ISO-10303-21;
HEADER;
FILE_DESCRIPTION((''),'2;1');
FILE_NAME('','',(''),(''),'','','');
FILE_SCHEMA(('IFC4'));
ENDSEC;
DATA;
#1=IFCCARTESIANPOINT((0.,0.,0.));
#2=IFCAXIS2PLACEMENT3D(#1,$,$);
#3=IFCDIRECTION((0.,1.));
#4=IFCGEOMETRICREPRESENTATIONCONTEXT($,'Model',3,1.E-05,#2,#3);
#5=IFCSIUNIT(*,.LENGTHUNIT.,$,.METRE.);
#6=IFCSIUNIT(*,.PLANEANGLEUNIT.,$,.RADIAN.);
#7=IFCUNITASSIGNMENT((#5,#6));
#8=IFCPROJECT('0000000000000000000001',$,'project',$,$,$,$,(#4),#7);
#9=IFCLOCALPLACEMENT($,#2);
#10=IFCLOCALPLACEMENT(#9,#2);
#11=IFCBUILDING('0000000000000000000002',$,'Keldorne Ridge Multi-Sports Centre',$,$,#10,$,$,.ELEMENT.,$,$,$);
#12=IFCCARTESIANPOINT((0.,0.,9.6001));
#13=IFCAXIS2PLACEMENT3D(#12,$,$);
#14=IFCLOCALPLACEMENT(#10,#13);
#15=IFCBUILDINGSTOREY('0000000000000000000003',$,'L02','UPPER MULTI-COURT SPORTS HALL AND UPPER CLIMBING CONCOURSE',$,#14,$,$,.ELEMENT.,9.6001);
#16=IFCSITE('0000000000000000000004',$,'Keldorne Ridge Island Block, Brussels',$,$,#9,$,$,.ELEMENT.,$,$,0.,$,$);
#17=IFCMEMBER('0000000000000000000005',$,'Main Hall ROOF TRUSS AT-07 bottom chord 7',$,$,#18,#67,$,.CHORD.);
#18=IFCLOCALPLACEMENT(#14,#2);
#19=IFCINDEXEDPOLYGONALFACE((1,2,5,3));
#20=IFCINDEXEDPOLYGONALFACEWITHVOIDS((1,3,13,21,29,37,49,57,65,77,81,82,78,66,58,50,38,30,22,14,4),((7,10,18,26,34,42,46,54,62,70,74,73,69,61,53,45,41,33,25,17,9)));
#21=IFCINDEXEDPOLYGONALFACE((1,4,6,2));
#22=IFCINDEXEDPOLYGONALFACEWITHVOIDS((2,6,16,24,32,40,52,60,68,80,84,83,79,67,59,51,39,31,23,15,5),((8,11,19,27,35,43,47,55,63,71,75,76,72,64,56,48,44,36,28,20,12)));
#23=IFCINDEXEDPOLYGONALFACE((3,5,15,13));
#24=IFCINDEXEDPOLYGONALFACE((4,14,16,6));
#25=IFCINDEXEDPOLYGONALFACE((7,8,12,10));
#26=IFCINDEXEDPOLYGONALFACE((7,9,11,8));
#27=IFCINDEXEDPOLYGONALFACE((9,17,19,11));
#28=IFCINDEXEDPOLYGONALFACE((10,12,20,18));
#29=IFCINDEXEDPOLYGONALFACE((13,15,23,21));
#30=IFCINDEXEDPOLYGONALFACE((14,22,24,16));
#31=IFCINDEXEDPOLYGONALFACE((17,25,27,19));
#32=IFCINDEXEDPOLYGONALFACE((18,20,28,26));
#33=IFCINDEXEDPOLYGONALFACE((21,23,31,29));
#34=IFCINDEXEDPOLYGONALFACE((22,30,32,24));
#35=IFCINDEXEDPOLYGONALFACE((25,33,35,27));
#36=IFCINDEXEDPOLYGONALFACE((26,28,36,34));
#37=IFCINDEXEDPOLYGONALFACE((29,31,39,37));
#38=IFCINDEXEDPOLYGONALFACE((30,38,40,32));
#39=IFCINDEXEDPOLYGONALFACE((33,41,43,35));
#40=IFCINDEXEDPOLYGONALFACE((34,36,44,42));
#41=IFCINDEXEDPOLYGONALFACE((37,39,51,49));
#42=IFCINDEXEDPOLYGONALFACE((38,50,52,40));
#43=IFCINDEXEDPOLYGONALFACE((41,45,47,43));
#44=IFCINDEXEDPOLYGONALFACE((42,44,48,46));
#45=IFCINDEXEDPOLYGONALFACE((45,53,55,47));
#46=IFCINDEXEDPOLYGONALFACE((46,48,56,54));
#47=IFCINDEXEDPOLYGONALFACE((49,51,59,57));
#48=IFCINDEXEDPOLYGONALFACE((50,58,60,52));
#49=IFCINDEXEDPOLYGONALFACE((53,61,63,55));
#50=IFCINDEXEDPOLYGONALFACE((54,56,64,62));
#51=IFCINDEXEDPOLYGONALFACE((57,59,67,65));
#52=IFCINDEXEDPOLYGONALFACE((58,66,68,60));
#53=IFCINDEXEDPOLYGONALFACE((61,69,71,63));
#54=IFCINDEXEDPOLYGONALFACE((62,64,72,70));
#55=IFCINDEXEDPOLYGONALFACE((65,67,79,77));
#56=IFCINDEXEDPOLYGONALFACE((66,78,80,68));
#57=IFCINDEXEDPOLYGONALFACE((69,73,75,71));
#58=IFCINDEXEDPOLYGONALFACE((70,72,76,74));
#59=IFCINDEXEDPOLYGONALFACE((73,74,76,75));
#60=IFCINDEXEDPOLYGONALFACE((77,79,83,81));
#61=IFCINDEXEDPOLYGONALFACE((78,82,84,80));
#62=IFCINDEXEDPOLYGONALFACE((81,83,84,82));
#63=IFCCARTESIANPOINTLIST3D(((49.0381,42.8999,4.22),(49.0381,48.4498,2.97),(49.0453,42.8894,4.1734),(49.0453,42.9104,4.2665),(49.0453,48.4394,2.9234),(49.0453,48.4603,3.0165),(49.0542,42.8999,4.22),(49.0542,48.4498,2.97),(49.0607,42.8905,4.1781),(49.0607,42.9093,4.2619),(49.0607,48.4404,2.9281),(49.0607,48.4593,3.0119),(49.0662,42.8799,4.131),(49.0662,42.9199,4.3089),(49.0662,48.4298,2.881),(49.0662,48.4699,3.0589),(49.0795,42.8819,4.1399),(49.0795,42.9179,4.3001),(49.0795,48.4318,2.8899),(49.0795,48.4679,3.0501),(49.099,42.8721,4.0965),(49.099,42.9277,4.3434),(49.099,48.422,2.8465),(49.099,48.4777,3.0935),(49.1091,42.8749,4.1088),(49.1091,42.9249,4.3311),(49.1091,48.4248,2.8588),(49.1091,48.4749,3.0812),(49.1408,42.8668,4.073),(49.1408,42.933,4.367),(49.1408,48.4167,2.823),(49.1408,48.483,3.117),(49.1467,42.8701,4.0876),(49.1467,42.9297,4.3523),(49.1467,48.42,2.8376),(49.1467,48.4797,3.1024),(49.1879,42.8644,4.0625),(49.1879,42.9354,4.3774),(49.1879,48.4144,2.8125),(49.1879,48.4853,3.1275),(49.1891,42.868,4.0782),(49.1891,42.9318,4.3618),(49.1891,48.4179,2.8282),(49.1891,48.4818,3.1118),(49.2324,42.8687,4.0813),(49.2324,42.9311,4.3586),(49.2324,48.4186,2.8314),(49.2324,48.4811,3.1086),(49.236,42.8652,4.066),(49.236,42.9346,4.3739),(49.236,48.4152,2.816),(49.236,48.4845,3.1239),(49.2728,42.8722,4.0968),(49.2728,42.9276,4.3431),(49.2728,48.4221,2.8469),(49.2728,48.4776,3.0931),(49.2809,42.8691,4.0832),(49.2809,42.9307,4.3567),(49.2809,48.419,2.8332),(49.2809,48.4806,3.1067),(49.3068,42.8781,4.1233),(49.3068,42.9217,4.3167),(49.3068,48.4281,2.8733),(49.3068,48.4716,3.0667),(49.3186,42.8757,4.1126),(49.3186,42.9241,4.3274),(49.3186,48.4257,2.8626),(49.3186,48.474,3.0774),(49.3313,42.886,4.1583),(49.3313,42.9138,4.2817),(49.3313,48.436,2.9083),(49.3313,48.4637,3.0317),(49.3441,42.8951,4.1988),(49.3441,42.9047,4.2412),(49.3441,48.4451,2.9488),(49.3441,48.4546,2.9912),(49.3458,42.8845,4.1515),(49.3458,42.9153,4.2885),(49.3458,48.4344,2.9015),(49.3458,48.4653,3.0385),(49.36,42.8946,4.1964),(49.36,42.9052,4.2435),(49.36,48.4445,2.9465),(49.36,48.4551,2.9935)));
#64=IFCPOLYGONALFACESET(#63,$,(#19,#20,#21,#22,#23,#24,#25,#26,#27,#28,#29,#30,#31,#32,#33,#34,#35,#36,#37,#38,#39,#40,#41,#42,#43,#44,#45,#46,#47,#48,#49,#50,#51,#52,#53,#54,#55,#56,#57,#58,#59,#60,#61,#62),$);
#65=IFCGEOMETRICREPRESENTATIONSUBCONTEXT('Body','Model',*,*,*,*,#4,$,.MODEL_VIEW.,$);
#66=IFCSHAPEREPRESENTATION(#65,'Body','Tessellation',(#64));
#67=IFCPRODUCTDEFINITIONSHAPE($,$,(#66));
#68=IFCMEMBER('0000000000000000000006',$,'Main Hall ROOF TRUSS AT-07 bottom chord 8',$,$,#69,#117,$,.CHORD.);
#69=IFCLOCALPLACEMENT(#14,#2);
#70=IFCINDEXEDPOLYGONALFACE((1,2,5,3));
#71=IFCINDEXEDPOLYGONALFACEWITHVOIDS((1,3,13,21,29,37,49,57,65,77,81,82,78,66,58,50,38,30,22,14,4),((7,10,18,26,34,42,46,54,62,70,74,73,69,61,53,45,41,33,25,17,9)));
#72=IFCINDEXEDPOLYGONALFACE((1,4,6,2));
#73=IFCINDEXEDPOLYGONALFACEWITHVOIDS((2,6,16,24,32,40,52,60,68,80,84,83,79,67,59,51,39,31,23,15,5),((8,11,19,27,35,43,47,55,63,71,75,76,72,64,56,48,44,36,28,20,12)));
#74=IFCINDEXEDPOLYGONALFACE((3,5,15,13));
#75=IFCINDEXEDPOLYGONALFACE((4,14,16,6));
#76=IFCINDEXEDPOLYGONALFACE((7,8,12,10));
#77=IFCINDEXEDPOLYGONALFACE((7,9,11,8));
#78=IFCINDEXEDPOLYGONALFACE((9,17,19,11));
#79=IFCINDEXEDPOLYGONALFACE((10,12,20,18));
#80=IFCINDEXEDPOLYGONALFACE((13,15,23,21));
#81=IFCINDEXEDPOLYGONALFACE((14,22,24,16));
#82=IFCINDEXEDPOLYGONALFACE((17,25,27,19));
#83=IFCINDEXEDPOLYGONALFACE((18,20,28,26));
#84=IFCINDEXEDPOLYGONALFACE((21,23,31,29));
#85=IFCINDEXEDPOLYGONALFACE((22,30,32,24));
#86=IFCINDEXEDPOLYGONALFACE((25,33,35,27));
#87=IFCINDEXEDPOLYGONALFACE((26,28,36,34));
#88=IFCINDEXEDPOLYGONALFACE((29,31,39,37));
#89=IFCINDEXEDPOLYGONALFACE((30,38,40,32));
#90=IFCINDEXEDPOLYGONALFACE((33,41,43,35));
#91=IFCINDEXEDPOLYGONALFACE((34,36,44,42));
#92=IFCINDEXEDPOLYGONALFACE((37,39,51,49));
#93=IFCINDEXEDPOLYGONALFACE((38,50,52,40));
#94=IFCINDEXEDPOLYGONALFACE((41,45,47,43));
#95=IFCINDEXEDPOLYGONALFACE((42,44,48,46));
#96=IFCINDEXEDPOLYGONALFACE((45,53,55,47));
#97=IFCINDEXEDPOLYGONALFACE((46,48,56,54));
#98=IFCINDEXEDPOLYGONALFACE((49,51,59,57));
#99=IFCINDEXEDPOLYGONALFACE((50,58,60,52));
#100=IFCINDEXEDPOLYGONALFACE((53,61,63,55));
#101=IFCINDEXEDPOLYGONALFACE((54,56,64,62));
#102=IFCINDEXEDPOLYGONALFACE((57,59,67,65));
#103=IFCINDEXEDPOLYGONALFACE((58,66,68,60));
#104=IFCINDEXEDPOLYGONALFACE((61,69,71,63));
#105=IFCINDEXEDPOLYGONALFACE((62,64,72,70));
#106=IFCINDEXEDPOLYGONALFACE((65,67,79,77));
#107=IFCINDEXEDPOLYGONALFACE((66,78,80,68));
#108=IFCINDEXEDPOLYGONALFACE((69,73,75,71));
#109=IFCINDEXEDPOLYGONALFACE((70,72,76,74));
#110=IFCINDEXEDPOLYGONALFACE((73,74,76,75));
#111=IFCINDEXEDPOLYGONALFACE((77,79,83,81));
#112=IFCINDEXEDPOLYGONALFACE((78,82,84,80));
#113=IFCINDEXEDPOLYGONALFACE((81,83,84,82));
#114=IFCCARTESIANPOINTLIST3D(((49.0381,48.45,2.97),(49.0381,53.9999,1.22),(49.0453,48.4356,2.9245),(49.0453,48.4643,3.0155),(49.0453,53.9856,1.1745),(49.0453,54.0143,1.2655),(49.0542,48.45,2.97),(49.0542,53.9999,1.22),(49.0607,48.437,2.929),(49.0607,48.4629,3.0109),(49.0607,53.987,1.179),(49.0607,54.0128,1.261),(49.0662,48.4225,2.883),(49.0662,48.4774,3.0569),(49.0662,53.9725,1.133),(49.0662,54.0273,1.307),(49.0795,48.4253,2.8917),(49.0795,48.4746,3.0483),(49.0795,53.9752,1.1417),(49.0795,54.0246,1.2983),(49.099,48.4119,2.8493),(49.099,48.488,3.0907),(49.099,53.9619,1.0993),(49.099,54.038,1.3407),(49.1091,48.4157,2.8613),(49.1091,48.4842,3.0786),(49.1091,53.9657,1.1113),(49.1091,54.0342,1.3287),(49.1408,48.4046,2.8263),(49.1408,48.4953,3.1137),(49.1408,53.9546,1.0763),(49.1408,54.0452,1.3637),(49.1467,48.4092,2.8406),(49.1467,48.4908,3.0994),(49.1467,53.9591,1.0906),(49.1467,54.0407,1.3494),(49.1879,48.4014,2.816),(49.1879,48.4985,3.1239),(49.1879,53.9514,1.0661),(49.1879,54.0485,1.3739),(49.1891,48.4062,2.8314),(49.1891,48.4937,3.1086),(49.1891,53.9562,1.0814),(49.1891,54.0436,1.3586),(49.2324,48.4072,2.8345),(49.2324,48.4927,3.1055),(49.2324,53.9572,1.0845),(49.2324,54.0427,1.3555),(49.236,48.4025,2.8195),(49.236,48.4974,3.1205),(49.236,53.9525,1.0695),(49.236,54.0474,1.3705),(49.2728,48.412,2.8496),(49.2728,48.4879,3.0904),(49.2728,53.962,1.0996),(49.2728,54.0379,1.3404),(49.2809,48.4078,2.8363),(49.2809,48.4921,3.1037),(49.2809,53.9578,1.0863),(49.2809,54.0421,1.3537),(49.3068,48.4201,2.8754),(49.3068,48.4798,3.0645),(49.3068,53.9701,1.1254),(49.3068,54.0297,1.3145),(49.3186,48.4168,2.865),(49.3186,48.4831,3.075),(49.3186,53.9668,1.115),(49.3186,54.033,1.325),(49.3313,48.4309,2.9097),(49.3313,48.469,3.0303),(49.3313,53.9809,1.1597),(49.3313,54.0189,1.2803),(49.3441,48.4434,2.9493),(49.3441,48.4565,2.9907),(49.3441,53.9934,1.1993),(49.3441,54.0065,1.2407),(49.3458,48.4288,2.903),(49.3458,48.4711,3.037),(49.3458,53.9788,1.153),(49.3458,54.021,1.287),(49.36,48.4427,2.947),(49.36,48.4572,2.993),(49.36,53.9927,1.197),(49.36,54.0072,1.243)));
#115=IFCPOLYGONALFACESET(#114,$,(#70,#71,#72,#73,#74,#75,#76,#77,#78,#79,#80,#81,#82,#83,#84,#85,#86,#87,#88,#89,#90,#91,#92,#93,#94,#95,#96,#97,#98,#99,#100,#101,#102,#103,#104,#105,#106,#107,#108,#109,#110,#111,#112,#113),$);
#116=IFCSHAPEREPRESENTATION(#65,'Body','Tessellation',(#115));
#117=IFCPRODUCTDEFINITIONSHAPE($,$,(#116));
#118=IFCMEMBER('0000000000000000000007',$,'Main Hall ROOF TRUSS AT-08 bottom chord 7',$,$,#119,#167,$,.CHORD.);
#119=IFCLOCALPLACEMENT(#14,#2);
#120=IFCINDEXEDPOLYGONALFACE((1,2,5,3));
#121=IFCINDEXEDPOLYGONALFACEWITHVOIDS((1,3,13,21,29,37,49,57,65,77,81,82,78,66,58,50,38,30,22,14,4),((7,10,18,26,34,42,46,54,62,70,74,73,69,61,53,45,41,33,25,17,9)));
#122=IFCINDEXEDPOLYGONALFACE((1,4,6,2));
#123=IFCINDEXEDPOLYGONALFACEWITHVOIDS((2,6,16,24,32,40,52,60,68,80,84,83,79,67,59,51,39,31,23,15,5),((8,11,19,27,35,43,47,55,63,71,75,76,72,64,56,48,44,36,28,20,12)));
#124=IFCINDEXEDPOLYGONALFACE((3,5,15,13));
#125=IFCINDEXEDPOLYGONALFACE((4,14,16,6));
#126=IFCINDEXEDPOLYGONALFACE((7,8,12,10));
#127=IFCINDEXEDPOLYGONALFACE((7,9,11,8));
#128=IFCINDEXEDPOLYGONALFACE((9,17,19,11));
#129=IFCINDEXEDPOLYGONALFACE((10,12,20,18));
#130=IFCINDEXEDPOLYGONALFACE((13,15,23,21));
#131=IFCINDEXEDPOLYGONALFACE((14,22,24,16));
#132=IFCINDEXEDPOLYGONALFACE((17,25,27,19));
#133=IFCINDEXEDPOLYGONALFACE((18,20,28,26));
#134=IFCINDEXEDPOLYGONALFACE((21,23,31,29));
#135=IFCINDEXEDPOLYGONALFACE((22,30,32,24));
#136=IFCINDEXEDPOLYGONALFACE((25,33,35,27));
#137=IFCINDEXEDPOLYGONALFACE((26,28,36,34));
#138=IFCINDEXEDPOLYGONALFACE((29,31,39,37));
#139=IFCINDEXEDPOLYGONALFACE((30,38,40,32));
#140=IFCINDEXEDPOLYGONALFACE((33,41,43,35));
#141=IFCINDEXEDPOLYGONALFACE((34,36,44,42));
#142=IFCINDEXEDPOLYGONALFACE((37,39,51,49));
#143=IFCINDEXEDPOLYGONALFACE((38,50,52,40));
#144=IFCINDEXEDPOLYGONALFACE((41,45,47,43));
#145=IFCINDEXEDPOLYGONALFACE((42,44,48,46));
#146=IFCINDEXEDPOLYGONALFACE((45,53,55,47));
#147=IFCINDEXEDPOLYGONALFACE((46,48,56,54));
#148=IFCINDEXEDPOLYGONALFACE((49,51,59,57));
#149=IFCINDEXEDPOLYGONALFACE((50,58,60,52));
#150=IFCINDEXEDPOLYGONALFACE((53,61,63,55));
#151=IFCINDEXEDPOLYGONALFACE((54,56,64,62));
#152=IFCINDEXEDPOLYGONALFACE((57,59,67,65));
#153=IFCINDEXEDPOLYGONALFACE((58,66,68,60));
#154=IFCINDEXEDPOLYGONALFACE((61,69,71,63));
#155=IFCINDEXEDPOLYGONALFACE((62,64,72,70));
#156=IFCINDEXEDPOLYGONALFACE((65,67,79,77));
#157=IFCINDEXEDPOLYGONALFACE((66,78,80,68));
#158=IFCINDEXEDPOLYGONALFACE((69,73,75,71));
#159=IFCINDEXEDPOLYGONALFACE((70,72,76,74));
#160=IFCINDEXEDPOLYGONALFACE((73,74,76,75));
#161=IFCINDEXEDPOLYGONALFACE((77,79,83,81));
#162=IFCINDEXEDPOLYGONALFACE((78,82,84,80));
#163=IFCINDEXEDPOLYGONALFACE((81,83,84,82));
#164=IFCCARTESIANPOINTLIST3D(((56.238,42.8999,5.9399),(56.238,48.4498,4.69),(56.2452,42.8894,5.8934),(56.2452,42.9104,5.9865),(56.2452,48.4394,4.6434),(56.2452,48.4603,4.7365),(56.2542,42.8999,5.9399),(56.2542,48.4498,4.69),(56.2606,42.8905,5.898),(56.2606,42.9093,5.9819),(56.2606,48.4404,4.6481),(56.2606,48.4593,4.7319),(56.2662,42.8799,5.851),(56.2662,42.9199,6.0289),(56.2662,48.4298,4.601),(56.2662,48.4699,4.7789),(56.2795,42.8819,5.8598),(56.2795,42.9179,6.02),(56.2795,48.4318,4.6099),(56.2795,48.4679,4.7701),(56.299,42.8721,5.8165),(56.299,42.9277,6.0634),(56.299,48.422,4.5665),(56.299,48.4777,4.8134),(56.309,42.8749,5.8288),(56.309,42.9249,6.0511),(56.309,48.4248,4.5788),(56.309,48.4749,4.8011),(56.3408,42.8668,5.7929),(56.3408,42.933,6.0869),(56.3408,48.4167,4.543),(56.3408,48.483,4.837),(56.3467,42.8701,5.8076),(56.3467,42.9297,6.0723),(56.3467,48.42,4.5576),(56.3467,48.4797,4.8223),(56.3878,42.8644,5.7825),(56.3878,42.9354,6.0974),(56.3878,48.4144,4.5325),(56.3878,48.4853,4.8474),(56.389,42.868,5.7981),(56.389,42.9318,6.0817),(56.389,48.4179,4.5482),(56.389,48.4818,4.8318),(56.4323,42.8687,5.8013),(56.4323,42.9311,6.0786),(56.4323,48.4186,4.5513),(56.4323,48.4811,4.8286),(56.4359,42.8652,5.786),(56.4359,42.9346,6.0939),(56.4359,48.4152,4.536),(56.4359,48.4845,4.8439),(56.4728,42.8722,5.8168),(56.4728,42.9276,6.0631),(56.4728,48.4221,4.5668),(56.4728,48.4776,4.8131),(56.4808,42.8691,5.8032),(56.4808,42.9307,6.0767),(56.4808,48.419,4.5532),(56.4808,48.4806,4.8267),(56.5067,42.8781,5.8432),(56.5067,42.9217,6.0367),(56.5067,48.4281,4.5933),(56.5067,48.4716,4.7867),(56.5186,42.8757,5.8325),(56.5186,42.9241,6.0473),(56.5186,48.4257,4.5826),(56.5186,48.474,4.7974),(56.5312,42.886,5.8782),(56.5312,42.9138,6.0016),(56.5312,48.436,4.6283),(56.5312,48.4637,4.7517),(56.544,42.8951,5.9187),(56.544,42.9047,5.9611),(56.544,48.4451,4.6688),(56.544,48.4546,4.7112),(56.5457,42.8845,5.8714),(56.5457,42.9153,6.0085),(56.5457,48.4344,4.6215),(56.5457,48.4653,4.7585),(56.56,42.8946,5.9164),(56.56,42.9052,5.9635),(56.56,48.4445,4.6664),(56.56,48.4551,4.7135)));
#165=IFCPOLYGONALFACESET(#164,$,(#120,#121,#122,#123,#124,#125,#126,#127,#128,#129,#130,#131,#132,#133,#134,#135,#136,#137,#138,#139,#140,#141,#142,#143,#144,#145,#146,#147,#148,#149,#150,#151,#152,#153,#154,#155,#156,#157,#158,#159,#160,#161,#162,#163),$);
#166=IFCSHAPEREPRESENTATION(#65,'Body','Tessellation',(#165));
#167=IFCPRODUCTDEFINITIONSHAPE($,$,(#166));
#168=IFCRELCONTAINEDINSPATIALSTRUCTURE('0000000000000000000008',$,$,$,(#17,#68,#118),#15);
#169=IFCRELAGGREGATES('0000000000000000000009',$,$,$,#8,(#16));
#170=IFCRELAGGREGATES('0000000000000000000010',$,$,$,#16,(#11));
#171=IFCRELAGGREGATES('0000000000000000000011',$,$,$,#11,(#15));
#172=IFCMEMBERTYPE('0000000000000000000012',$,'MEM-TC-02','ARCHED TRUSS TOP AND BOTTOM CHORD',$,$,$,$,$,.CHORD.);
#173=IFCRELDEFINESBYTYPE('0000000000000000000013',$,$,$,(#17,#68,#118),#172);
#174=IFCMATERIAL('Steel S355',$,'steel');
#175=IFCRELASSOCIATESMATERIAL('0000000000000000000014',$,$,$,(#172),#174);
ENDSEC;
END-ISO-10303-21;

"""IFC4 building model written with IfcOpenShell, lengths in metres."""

from ifc_helpers import new_model, si_unit, direction, frame, origin, origin_2d, place, context, subcontext, project, spatial, hollow_circle, extrude, material, material_profile, profile_set, type_object, element, save


model = new_model("IFC4")

# Units and contexts
model_context = context("Model", 3, precision=1e-05, world=origin(), true_north=direction((0.0, 1.0)))
body_context = subcontext(model_context, "Body", "Model", "MODEL_VIEW")
ifc_project = project(units=[si_unit("LENGTHUNIT", "METRE"), si_unit("PLANEANGLEUNIT", "RADIAN")], contexts=[model_context])

# Site, building, storey
site_placement = place(None, origin())
site = spatial("IfcSite", under=ifc_project, at=site_placement, Name="Keldorne Ridge Island Block, Brussels", CompositionType="ELEMENT", RefElevation=0.0)
building_placement = place(site_placement, origin())
building = spatial("IfcBuilding", under=site, at=building_placement, Name="Keldorne Ridge Multi-Sports Centre", CompositionType="ELEMENT")
storey_placement = place(building_placement, frame((0.0, 0.0, 9.6001)))
storey = spatial("IfcBuildingStorey", under=building, at=storey_placement, Name="L02", Description="UPPER MULTI-COURT SPORTS HALL AND UPPER CLIMBING CONCOURSE", CompositionType="ELEMENT", Elevation=9.6001)

# Shared definitions
ifc_material = material(Name="Steel S355", Category="steel")

# Members
ifc_material_profile_1 = material_profile(ifc_material, hollow_circle(Radius=0.1619, WallThickness=0.0161, at=origin_2d()), Name="CHS 323.9x16")
ifc_profile_set_1 = profile_set([ifc_material_profile_1], Name="Steel S355")
member_type_1 = type_object("IfcMemberType", Name="MEM-TC-02", Description="ARCHED TRUSS TOP AND BOTTOM CHORD", PredefinedType="CHORD", material=ifc_profile_set_1)
member_1_placement = place(storey_placement, frame((49.2, 42.8999, 4.22), z_axis=(0.0, 0.975563, -0.219719), x_axis=(-1.0, 0.0, 0.0)))
element("IfcMember", 1, at=member_1_placement, inside=storey, type_object=member_type_1, Name="Main Hall ROOF TRUSS AT-07 bottom chord 7", PredefinedType="CHORD", context=body_context, shape_type="SweptSolid", body=[
    extrude(hollow_circle(Radius=0.1619, WallThickness=0.0161, at=origin_2d()), origin(), (0.0, 0.0, 1.0), 5.689),
])
member_2_placement = place(storey_placement, frame((49.2, 48.45, 2.97), z_axis=(0.0, 0.953713, -0.300718), x_axis=(-1.0, 0.0, 0.0)))
element("IfcMember", 2, at=member_2_placement, inside=storey, type_object=member_type_1, Name="Main Hall ROOF TRUSS AT-07 bottom chord 8", PredefinedType="CHORD", context=body_context, shape_type="SweptSolid", body=[
    extrude(hollow_circle(Radius=0.1619, WallThickness=0.0161, at=origin_2d()), origin(), (0.0, 0.0, 1.0), 5.8193),
])
member_3_placement = place(storey_placement, frame((56.3999, 42.8999, 5.9399), z_axis=(0.0, 0.975563, -0.219719), x_axis=(-1.0, 0.0, 0.0)))
element("IfcMember", 3, at=member_3_placement, inside=storey, type_object=member_type_1, Name="Main Hall ROOF TRUSS AT-08 bottom chord 7", PredefinedType="CHORD", context=body_context, shape_type="SweptSolid", body=[
    extrude(hollow_circle(Radius=0.1619, WallThickness=0.0161, at=origin_2d()), origin(), (0.0, 0.0, 1.0), 5.689),
])

save(model, "model.ifc")
